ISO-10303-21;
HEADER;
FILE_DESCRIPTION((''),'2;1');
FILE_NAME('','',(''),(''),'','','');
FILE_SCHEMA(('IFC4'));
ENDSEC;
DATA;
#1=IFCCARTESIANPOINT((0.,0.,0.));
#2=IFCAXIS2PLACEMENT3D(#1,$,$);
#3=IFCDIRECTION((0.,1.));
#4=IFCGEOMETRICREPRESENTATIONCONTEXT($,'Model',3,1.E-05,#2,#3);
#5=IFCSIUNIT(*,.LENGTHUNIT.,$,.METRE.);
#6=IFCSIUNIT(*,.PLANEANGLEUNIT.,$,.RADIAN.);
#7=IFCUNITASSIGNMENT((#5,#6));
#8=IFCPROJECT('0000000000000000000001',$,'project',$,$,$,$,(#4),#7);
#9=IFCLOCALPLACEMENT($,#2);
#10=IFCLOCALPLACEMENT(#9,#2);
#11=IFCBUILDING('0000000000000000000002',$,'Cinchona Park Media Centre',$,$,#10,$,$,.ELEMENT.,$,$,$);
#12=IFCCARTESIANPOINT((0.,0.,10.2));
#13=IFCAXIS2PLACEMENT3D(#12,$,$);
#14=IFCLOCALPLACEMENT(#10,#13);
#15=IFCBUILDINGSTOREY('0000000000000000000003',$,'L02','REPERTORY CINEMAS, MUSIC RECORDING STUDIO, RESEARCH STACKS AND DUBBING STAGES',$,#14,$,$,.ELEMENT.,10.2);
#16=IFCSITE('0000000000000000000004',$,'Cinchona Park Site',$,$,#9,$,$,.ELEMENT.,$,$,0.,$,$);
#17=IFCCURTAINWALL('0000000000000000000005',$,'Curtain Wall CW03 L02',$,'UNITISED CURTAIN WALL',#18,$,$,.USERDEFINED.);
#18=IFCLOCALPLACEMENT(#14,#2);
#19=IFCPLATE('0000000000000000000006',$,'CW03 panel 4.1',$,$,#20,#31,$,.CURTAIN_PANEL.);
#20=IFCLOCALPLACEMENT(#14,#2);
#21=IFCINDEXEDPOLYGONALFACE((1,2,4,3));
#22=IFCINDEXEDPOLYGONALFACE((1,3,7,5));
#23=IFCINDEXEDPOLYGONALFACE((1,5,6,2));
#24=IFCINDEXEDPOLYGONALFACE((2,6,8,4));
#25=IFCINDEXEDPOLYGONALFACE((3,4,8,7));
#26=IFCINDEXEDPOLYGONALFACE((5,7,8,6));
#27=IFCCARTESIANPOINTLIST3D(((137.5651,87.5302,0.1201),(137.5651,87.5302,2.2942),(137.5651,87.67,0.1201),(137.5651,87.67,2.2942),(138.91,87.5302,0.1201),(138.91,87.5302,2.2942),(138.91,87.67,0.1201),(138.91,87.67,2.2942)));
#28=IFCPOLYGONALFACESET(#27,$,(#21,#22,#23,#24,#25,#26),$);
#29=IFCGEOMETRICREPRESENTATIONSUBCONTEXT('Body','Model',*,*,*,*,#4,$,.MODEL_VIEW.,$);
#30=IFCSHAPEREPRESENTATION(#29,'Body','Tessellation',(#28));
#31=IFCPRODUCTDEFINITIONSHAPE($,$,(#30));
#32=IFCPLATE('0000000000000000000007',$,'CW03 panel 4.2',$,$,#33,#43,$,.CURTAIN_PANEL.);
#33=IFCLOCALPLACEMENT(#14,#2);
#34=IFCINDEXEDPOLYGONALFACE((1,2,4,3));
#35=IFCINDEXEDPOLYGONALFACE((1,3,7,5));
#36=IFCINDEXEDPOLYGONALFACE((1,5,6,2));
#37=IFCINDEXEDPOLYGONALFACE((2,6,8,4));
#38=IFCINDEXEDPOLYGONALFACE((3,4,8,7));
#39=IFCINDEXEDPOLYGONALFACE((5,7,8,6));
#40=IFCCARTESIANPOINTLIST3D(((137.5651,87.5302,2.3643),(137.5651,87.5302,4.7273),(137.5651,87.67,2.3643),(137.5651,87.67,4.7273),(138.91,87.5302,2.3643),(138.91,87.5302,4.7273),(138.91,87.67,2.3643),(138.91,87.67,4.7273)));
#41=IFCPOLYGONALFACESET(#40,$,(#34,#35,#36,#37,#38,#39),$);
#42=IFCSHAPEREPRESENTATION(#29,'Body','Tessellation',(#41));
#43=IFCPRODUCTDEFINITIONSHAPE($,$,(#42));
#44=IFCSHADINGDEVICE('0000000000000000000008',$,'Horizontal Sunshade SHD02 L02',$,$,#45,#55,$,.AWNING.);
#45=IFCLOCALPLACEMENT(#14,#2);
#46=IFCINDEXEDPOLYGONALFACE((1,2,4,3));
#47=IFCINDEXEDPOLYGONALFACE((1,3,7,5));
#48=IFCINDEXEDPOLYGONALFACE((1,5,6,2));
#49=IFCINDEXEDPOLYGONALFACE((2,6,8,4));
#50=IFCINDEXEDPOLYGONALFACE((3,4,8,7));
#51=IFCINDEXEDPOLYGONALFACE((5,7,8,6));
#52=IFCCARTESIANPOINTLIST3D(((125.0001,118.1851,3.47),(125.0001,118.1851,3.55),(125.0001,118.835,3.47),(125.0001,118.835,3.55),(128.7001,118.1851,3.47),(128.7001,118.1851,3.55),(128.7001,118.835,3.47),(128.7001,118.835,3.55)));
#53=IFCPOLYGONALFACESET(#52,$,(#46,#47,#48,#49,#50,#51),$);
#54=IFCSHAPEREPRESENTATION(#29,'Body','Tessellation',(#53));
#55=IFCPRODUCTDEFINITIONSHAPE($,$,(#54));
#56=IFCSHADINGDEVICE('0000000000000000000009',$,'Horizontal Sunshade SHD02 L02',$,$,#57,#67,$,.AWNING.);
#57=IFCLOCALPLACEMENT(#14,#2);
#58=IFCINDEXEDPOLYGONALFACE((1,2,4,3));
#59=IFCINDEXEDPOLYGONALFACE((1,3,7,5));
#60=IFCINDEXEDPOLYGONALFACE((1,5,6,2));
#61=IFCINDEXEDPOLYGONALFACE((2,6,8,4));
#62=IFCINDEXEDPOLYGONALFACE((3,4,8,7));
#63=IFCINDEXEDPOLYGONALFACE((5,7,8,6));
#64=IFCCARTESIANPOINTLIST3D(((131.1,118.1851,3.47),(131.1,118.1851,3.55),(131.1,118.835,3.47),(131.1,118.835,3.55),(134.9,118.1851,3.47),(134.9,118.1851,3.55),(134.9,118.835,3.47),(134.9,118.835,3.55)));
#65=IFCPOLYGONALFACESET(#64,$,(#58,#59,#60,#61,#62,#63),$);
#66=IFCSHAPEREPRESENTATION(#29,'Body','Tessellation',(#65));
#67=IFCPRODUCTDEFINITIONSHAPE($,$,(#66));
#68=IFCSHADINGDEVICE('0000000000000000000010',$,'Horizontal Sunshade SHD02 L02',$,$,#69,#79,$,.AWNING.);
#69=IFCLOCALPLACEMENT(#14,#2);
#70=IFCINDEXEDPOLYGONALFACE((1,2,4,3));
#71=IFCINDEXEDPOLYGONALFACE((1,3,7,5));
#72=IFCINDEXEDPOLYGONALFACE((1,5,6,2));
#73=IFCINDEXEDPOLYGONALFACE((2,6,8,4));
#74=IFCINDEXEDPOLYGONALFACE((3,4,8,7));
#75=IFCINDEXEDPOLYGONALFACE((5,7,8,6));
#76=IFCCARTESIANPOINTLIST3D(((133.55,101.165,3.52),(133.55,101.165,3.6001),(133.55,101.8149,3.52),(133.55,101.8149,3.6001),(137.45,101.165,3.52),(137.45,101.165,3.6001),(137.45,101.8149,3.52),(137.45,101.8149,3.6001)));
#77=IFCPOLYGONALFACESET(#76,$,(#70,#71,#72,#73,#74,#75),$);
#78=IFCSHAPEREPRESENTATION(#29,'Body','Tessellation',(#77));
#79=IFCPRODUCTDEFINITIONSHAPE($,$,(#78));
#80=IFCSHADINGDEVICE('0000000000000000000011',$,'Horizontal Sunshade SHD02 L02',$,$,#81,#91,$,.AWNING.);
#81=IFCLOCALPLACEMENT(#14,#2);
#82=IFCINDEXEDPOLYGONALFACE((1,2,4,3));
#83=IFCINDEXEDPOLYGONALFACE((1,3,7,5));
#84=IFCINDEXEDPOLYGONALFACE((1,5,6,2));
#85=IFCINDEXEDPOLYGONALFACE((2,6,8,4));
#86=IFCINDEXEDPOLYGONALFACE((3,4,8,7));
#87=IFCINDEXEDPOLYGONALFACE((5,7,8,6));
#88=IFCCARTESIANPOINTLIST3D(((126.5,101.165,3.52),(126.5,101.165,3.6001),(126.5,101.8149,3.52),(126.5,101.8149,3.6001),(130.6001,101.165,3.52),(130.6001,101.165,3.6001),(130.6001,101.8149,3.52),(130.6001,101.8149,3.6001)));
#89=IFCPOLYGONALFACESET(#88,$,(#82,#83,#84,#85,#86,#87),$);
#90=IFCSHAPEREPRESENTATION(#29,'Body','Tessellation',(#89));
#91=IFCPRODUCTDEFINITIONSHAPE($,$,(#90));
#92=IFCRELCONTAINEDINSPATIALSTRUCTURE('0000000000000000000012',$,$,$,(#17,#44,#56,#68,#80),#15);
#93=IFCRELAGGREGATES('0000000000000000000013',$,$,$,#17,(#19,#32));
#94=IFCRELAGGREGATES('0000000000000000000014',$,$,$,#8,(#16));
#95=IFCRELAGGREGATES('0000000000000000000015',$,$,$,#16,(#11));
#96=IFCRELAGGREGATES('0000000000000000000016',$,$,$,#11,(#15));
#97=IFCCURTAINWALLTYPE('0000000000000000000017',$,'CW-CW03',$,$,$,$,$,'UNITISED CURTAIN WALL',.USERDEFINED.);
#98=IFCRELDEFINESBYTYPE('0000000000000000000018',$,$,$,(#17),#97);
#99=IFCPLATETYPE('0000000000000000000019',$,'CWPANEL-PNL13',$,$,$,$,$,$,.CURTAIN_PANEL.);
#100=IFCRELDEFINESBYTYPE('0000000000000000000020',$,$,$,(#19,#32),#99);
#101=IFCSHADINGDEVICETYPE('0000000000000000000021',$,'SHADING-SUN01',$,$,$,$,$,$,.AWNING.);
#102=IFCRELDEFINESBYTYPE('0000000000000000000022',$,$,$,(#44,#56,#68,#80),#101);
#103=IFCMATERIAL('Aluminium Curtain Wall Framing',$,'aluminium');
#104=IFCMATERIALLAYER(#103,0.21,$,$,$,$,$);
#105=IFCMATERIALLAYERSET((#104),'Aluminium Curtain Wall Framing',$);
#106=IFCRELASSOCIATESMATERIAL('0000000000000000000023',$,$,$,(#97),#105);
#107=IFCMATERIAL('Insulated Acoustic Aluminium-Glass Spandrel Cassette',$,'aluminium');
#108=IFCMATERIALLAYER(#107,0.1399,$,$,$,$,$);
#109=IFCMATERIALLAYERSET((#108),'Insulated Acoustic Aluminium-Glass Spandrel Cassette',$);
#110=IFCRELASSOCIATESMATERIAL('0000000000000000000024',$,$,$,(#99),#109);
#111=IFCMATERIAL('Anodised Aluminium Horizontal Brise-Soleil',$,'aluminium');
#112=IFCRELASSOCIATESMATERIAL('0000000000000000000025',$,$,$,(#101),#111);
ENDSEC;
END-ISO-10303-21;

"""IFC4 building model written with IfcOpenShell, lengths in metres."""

from ifc_helpers import new_model, si_unit, direction, frame, origin, origin_2d, place, context, subcontext, project, spatial, rectangle, extrude, material, layer, layer_set, type_object, element, aggregate, save


model = new_model("IFC4")

# Units and contexts
model_context = context("Model", 3, precision=1e-05, world=origin(), true_north=direction((0.0, 1.0)))
body_context = subcontext(model_context, "Body", "Model", "MODEL_VIEW")
ifc_project = project(units=[si_unit("LENGTHUNIT", "METRE"), si_unit("PLANEANGLEUNIT", "RADIAN")], contexts=[model_context])

# Site, building, storey
site_placement = place(None, origin())
site = spatial("IfcSite", under=ifc_project, at=site_placement, Name="Cinchona Park Site", CompositionType="ELEMENT", RefElevation=0.0)
building_placement = place(site_placement, origin())
building = spatial("IfcBuilding", under=site, at=building_placement, Name="Cinchona Park Media Centre", CompositionType="ELEMENT")
storey_placement = place(building_placement, frame((0.0, 0.0, 10.2)))
storey = spatial("IfcBuildingStorey", under=building, at=storey_placement, Name="L02", Description="REPERTORY CINEMAS, MUSIC RECORDING STUDIO, RESEARCH STACKS AND DUBBING STAGES", CompositionType="ELEMENT", Elevation=10.2)

# Curtain wall, plates
ifc_material_1 = material(Name="Aluminium Curtain Wall Framing", Category="aluminium")
ifc_layer_1 = layer(ifc_material_1, 0.21)
ifc_layer_set_1 = layer_set([ifc_layer_1], Name="Aluminium Curtain Wall Framing")
curtain_wall_type = type_object("IfcCurtainWallType", Name="CW-CW03", ElementType="UNITISED CURTAIN WALL", PredefinedType="USERDEFINED", material=ifc_layer_set_1)
curtain_wall_placement = place(storey_placement, origin())
curtain_wall = element("IfcCurtainWall", 1, at=curtain_wall_placement, inside=storey, type_object=curtain_wall_type, Name="Curtain Wall CW03 L02", ObjectType="UNITISED CURTAIN WALL", PredefinedType="USERDEFINED")
ifc_material_2 = material(Name="Insulated Acoustic Aluminium-Glass Spandrel Cassette", Category="aluminium")
ifc_layer_2 = layer(ifc_material_2, 0.1399)
ifc_layer_set_2 = layer_set([ifc_layer_2], Name="Insulated Acoustic Aluminium-Glass Spandrel Cassette")
plate_type = type_object("IfcPlateType", Name="CWPANEL-PNL13", PredefinedType="CURTAIN_PANEL", material=ifc_layer_set_2)
plate_1_placement = place(storey_placement, frame((138.2375, 87.6001, 0.1201), z_axis=(0.0, 0.0, 1.0), x_axis=(1.0, 0.0, 0.0)))
plate_1 = element("IfcPlate", 2, at=plate_1_placement, type_object=plate_type, Name="CW03 panel 4.1", PredefinedType="CURTAIN_PANEL", context=body_context, shape_type="SweptSolid", body=[
    extrude(rectangle(XDim=1.345, YDim=0.1399, at=origin_2d()), origin(), (0.0, 0.0, 1.0), 2.1741),
])
plate_2_placement = place(storey_placement, frame((138.2375, 87.6001, 2.3643), z_axis=(0.0, 0.0, 1.0), x_axis=(1.0, 0.0, 0.0)))
plate_2 = element("IfcPlate", 3, at=plate_2_placement, type_object=plate_type, Name="CW03 panel 4.2", PredefinedType="CURTAIN_PANEL", context=body_context, shape_type="SweptSolid", body=[
    extrude(rectangle(XDim=1.345, YDim=0.1399, at=origin_2d()), origin(), (0.0, 0.0, 1.0), 2.363),
])
aggregate(curtain_wall, [plate_1, plate_2])

# Shading devices
ifc_material_3 = material(Name="Anodised Aluminium Horizontal Brise-Soleil", Category="aluminium")
shading_device_type = type_object("IfcShadingDeviceType", Name="SHADING-SUN01", PredefinedType="AWNING", material=ifc_material_3)
shading_device_1_placement = place(storey_placement, frame((126.8501, 118.51, 3.47), z_axis=(0.0, 0.0, 1.0), x_axis=(1.0, 0.0, 0.0)))
element("IfcShadingDevice", 4, at=shading_device_1_placement, inside=storey, type_object=shading_device_type, Name="Horizontal Sunshade SHD02 L02", PredefinedType="AWNING", context=body_context, shape_type="SweptSolid", body=[
    extrude(rectangle(XDim=3.7, YDim=0.6499, at=origin_2d()), origin(), (0.0, 0.0, 1.0), 0.0801),
])
shading_device_2_placement = place(storey_placement, frame((133.0, 118.51, 3.47), z_axis=(0.0, 0.0, 1.0), x_axis=(1.0, 0.0, 0.0)))
element("IfcShadingDevice", 5, at=shading_device_2_placement, inside=storey, type_object=shading_device_type, Name="Horizontal Sunshade SHD02 L02", PredefinedType="AWNING", context=body_context, shape_type="SweptSolid", body=[
    extrude(rectangle(XDim=3.8, YDim=0.6499, at=origin_2d()), origin(), (0.0, 0.0, 1.0), 0.0801),
])
shading_device_3_placement = place(storey_placement, frame((135.5, 101.49, 3.52), z_axis=(0.0, 0.0, 1.0), x_axis=(-1.0, 0.0, 0.0)))
element("IfcShadingDevice", 6, at=shading_device_3_placement, inside=storey, type_object=shading_device_type, Name="Horizontal Sunshade SHD02 L02", PredefinedType="AWNING", context=body_context, shape_type="SweptSolid", body=[
    extrude(rectangle(XDim=3.8999, YDim=0.6499, at=origin_2d()), origin(), (0.0, 0.0, 1.0), 0.0801),
])
shading_device_4_placement = place(storey_placement, frame((128.55, 101.49, 3.52), z_axis=(0.0, 0.0, 1.0), x_axis=(-1.0, 0.0, 0.0)))
element("IfcShadingDevice", 7, at=shading_device_4_placement, inside=storey, type_object=shading_device_type, Name="Horizontal Sunshade SHD02 L02", PredefinedType="AWNING", context=body_context, shape_type="SweptSolid", body=[
    extrude(rectangle(XDim=4.1001, YDim=0.6499, at=origin_2d()), origin(), (0.0, 0.0, 1.0), 0.0801),
])

save(model, "model.ifc")
